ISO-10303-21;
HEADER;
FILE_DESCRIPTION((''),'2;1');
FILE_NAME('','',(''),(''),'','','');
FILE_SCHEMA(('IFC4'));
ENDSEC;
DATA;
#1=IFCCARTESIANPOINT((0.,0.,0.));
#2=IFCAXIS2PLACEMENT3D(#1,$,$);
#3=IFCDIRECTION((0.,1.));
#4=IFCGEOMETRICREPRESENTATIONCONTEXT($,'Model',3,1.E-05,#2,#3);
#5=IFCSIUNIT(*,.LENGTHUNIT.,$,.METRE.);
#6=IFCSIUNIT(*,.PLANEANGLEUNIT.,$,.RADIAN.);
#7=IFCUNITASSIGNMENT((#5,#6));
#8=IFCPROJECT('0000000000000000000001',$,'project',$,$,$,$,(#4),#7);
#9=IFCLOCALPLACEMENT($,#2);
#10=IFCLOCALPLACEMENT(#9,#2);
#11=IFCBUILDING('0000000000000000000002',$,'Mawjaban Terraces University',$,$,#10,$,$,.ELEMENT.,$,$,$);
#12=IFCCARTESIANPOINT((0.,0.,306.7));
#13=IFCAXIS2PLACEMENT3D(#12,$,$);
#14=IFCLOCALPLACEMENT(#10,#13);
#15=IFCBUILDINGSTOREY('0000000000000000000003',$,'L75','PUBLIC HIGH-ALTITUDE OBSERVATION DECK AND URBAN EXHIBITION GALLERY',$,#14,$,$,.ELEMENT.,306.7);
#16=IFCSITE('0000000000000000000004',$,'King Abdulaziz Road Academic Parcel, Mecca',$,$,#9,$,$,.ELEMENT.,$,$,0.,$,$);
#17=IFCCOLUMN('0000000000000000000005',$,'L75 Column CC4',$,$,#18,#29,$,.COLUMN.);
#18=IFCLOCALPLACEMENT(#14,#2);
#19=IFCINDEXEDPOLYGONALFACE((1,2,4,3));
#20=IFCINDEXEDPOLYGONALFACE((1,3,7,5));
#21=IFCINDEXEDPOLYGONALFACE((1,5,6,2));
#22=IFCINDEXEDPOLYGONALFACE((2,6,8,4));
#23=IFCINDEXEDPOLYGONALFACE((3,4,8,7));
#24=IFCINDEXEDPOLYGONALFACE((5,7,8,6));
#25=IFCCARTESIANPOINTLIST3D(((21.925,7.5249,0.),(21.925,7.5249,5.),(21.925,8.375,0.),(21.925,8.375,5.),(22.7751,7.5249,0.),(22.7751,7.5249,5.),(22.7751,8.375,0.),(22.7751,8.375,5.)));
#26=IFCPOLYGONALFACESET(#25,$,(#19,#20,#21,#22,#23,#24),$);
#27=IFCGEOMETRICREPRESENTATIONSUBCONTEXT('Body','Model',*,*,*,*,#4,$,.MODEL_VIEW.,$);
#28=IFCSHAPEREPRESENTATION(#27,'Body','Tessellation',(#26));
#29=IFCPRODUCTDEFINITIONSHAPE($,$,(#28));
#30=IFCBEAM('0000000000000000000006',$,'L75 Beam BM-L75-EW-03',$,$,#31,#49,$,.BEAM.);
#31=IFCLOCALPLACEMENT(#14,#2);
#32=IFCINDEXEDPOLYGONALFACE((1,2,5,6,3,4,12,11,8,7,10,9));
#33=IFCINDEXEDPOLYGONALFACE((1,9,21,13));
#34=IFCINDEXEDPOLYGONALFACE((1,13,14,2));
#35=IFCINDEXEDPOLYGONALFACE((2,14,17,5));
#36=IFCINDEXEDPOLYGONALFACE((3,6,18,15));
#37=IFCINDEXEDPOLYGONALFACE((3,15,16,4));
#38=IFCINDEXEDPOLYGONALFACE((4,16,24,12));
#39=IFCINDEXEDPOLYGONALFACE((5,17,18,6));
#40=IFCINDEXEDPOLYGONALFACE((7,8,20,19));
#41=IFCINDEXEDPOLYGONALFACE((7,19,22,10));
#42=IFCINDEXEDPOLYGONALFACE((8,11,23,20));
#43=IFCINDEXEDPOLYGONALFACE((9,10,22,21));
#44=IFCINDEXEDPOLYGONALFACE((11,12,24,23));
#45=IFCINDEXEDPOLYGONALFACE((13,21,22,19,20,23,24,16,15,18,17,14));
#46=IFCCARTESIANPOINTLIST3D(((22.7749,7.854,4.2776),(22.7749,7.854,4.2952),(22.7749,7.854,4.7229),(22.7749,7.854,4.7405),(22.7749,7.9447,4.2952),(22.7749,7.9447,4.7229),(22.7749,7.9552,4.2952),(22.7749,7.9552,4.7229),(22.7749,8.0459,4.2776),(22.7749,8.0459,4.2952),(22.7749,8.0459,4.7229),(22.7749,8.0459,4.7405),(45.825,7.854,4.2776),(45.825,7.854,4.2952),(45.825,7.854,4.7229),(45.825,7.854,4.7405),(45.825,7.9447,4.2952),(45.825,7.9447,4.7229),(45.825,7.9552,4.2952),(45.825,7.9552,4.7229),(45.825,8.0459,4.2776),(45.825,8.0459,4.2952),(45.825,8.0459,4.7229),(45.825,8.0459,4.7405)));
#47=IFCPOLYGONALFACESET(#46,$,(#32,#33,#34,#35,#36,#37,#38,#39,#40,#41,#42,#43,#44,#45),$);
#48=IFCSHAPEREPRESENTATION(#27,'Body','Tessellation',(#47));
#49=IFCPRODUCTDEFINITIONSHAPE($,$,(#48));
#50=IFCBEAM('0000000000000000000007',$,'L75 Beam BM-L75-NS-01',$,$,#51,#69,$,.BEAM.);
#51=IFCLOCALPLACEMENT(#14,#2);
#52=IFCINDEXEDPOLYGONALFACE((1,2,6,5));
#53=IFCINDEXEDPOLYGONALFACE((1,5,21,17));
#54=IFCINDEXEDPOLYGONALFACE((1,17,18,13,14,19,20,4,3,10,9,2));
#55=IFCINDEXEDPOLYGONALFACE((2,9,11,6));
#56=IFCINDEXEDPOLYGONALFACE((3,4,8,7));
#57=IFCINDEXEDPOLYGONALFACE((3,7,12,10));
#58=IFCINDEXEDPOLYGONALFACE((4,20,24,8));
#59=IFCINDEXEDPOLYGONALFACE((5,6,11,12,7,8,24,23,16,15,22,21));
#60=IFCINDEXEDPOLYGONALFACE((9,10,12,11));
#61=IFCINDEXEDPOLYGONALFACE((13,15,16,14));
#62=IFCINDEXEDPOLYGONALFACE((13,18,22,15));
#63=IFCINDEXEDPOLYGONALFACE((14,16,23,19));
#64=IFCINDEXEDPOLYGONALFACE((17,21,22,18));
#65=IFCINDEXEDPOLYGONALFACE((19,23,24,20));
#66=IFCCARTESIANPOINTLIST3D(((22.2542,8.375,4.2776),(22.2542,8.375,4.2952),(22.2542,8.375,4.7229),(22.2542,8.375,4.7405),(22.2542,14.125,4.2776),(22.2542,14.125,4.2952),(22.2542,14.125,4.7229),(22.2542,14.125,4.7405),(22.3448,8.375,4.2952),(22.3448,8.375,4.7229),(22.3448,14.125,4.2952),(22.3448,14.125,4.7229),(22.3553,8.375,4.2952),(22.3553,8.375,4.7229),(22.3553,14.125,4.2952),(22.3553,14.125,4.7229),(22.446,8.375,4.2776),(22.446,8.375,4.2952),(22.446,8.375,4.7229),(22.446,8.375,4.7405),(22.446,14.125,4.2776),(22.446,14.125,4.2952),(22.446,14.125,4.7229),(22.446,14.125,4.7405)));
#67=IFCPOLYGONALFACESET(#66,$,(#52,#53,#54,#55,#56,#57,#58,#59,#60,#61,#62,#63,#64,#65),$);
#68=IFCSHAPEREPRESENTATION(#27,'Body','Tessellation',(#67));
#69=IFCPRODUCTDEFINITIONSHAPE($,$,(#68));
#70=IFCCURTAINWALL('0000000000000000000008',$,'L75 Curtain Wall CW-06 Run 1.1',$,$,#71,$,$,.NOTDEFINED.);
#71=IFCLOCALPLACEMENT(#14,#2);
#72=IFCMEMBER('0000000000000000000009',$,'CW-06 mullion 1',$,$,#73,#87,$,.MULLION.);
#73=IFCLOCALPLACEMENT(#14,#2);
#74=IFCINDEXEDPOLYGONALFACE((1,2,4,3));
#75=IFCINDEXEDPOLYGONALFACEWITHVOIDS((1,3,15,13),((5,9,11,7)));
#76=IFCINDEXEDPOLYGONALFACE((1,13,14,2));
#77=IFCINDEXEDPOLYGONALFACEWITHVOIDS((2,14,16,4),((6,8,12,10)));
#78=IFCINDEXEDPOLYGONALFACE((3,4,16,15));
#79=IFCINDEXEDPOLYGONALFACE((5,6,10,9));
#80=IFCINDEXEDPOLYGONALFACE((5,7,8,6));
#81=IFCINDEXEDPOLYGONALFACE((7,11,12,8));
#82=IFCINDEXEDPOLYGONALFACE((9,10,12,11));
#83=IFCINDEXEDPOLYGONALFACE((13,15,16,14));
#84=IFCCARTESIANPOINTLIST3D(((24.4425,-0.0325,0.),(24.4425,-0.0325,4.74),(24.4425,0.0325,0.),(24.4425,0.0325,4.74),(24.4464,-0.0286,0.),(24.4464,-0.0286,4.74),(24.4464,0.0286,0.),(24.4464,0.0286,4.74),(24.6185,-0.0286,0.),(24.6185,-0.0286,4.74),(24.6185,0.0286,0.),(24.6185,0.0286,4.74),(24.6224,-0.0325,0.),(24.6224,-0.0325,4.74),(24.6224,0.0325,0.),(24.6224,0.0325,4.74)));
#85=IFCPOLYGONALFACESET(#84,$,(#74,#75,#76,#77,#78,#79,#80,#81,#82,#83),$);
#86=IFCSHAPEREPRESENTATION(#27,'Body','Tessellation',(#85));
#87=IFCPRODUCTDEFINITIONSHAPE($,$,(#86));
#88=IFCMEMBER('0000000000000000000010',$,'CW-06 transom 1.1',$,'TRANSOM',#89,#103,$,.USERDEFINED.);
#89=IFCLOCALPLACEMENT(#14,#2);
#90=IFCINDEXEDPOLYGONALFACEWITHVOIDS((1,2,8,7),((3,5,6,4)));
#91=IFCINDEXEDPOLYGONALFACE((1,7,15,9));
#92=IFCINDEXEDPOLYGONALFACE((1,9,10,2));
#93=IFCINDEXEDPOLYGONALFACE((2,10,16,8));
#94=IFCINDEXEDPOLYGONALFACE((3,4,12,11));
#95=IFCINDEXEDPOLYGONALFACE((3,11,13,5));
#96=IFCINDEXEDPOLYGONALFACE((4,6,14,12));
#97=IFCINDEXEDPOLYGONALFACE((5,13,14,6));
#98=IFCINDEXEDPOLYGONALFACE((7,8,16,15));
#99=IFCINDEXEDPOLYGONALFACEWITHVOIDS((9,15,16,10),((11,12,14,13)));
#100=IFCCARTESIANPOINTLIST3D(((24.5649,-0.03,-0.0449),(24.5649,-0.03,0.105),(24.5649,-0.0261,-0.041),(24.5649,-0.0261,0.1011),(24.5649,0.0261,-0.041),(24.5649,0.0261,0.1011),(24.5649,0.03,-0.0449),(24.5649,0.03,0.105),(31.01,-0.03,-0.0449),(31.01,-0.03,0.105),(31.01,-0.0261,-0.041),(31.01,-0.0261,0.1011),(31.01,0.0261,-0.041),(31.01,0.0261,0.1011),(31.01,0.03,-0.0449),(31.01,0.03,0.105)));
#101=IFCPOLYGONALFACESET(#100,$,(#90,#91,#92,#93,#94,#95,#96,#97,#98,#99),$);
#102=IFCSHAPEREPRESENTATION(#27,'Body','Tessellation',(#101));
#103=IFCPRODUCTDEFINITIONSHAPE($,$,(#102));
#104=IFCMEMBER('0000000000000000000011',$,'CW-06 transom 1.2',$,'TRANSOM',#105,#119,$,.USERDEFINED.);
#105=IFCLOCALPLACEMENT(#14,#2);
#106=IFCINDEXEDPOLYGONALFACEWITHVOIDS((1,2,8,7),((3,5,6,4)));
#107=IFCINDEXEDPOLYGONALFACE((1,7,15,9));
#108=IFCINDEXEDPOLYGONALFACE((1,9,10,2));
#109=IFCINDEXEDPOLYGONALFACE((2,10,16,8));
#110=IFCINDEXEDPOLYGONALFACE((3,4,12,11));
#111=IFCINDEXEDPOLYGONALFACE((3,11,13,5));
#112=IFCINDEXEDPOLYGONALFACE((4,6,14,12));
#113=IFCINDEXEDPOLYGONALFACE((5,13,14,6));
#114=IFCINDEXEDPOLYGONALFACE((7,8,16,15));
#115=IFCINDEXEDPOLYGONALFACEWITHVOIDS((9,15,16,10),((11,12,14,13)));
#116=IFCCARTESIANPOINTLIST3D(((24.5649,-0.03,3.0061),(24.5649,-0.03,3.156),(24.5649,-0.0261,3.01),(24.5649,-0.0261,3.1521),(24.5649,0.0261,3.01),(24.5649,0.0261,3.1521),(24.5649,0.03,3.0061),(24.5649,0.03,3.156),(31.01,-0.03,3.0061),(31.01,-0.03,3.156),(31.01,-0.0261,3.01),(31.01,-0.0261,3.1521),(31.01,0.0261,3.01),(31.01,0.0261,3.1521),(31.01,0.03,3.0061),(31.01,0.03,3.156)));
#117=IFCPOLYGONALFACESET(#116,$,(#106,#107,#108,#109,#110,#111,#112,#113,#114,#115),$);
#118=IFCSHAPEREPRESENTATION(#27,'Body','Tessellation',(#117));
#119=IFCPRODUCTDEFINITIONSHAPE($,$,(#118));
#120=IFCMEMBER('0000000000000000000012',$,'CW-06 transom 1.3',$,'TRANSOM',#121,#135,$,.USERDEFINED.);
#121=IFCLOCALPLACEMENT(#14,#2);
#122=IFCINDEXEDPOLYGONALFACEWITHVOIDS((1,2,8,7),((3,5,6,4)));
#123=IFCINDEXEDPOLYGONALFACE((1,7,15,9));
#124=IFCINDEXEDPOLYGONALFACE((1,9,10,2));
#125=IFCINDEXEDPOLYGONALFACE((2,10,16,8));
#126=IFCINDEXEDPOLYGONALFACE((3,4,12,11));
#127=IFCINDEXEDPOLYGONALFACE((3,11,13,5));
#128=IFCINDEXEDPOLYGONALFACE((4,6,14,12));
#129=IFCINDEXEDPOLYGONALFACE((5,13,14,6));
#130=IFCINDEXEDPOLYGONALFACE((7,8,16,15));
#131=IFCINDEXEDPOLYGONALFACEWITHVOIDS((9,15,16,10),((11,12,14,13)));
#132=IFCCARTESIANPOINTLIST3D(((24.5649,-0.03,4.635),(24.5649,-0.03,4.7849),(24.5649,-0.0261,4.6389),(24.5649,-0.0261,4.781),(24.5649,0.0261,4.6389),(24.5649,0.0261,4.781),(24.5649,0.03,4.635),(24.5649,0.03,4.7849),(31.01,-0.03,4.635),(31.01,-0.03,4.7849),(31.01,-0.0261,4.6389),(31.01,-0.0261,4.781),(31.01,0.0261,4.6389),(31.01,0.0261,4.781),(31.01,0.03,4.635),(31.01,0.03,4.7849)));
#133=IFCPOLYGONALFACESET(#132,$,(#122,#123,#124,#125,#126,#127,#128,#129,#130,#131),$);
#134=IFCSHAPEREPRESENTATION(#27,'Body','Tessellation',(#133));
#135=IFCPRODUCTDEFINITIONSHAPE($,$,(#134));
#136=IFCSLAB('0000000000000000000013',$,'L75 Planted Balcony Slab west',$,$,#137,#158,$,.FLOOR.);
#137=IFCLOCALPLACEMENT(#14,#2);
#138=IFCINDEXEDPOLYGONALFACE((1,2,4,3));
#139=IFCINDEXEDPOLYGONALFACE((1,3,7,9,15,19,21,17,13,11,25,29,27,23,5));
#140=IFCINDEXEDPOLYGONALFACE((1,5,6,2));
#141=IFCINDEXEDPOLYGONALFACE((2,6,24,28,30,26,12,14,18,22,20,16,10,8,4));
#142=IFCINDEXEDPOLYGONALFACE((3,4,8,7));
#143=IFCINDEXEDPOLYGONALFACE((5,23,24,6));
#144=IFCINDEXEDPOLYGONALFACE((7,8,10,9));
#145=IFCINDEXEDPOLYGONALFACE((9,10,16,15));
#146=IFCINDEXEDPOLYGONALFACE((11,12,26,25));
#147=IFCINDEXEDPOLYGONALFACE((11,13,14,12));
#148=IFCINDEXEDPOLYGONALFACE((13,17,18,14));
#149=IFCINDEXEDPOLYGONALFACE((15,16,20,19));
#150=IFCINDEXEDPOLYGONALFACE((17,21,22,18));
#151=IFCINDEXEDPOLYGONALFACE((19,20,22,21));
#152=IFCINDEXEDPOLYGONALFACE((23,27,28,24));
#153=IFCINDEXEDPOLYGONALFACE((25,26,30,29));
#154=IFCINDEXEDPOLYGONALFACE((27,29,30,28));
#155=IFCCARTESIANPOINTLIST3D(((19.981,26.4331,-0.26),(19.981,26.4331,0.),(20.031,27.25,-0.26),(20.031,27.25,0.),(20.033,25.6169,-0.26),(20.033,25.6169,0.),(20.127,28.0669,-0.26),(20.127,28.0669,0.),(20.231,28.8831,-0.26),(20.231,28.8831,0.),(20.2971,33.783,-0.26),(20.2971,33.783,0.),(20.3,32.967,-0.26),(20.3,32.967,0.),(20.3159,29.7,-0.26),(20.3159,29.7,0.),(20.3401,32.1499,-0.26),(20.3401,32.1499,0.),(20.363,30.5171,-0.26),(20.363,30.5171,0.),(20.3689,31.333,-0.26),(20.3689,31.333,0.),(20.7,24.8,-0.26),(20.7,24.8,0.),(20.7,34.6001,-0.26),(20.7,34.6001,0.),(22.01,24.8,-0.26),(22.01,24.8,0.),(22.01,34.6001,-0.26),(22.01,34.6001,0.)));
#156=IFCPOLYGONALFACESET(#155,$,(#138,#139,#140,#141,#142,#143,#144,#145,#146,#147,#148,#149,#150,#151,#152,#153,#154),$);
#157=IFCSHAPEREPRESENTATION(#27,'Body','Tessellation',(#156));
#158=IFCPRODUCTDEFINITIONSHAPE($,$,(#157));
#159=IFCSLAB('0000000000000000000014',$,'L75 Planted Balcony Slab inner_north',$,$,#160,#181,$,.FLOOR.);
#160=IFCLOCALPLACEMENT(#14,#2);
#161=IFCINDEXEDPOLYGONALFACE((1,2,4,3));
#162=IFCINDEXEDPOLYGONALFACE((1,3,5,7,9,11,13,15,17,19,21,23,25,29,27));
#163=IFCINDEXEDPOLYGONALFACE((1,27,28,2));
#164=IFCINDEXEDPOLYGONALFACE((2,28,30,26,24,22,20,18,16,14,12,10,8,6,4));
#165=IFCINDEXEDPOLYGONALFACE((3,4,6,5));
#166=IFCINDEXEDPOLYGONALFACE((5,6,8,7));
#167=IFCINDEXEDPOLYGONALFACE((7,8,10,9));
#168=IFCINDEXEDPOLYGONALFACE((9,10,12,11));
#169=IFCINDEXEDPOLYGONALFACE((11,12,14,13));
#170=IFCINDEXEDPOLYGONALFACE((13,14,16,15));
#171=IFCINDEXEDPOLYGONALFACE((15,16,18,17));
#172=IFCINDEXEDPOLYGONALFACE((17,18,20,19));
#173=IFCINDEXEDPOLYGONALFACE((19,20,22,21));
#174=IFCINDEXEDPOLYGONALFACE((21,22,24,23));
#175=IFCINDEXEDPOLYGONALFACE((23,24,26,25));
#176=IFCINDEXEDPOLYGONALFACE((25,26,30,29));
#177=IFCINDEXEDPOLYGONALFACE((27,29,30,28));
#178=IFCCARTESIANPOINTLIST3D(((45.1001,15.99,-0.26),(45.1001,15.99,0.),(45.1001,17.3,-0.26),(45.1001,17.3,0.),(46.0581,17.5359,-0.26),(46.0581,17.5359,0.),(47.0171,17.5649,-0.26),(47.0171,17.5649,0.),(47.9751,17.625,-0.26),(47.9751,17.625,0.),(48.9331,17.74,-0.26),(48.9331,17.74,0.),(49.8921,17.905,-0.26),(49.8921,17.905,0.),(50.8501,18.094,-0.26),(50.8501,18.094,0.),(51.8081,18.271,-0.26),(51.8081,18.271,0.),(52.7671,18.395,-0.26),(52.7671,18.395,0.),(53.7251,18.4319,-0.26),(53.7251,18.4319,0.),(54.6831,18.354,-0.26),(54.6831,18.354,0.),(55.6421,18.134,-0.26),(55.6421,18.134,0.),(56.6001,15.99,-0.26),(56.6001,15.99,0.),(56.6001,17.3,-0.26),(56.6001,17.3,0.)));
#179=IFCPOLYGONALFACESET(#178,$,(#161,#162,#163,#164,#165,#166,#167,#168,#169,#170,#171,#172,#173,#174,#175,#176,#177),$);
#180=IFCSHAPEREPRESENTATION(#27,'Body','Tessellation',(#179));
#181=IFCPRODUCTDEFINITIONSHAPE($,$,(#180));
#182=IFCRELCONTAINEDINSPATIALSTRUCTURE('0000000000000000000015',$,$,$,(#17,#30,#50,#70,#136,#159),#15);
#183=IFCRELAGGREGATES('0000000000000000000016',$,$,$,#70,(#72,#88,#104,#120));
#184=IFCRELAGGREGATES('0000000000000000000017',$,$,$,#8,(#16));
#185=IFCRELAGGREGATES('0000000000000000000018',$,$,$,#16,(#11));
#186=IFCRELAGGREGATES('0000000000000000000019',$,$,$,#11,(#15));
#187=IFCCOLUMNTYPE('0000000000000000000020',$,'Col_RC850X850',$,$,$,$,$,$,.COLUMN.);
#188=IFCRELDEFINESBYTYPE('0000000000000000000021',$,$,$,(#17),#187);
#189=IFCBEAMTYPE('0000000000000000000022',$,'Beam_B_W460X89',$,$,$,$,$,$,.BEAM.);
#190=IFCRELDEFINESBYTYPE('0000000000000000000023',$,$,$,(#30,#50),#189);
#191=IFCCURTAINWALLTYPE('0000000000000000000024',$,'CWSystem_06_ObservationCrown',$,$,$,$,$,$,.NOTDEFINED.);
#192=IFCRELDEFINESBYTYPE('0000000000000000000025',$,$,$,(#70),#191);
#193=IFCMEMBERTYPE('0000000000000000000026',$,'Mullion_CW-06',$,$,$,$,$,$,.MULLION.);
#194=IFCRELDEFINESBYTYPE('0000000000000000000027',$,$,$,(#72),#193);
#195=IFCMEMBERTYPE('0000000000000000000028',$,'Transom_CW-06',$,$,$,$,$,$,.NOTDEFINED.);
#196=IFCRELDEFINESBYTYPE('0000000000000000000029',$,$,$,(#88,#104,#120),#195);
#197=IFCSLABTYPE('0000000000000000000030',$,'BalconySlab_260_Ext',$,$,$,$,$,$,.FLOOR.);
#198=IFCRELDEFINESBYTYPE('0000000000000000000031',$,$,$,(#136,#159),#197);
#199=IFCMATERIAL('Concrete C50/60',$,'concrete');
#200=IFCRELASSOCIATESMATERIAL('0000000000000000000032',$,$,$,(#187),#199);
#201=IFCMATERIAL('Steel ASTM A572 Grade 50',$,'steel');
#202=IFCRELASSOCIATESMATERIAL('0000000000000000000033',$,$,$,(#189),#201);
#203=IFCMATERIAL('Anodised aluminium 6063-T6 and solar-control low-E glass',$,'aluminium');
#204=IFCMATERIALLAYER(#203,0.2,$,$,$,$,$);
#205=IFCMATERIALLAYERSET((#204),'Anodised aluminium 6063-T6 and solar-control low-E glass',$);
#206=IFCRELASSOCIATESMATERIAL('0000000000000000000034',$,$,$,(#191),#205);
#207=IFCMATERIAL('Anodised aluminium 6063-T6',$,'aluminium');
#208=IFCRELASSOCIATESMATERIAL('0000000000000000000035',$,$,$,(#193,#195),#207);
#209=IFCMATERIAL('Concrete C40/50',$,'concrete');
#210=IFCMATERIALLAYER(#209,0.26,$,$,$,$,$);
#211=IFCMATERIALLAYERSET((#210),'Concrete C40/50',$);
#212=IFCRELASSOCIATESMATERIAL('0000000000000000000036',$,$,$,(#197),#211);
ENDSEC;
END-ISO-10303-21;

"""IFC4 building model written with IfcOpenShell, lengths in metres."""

from ifc_helpers import new_model, si_unit, direction, frame, origin, origin_2d, place, context, subcontext, project, spatial, polyline, rectangle, hollow_rectangle, i_section, outline, extrude, material, layer, layer_set, material_profile, profile_set, type_object, element, aggregate, save


model = new_model("IFC4")

# Units and contexts
model_context = context("Model", 3, precision=1e-05, world=origin(), true_north=direction((0.0, 1.0)))
body_context = subcontext(model_context, "Body", "Model", "MODEL_VIEW")
ifc_project = project(units=[si_unit("LENGTHUNIT", "METRE"), si_unit("PLANEANGLEUNIT", "RADIAN")], contexts=[model_context])

# Site, building, storey
site_placement = place(None, origin())
site = spatial("IfcSite", under=ifc_project, at=site_placement, Name="King Abdulaziz Road Academic Parcel, Mecca", CompositionType="ELEMENT", RefElevation=0.0)
building_placement = place(site_placement, origin())
building = spatial("IfcBuilding", under=site, at=building_placement, Name="Mawjaban Terraces University", CompositionType="ELEMENT")
storey_placement = place(building_placement, frame((0.0, 0.0, 306.7)))
storey = spatial("IfcBuildingStorey", under=building, at=storey_placement, Name="L75", Description="PUBLIC HIGH-ALTITUDE OBSERVATION DECK AND URBAN EXHIBITION GALLERY", CompositionType="ELEMENT", Elevation=306.7)

# Column
ifc_material_1 = material(Name="Concrete C50/60", Category="concrete")
ifc_material_profile_1 = material_profile(ifc_material_1, rectangle(XDim=0.8501, YDim=0.8501, at=origin_2d()), Name="RC850X850")
ifc_profile_set_1 = profile_set([ifc_material_profile_1], Name="Concrete C50/60")
column_type = type_object("IfcColumnType", Name="Col_RC850X850", PredefinedType="COLUMN", material=ifc_profile_set_1)
column_placement = place(storey_placement, frame((22.3501, 7.95, 0.0), z_axis=(0.0, 0.0, 1.0), x_axis=(1.0, 0.0, 0.0)))
element("IfcColumn", 1, at=column_placement, inside=storey, type_object=column_type, Name="L75 Column CC4", PredefinedType="COLUMN", context=body_context, shape_type="SweptSolid", body=[
    extrude(rectangle(XDim=0.8501, YDim=0.8501, at=origin_2d()), origin(), (0.0, 0.0, 1.0), 5.0),
])

# Beams
ifc_material_2 = material(Name="Steel ASTM A572 Grade 50", Category="steel")
ifc_material_profile_2 = material_profile(ifc_material_2, i_section(OverallWidth=0.1919, OverallDepth=0.4629, WebThickness=0.0105, FlangeThickness=0.0176, at=origin_2d()), Name="W460X89")
ifc_profile_set_2 = profile_set([ifc_material_profile_2], Name="Steel ASTM A572 Grade 50")
beam_type = type_object("IfcBeamType", Name="Beam_B_W460X89", PredefinedType="BEAM", material=ifc_profile_set_2)
beam_1_placement = place(storey_placement, frame((22.7749, 7.95, 4.509), z_axis=(1.0, 0.0, 0.0), x_axis=(0.0, 1.0, 0.0)))
element("IfcBeam", 2, at=beam_1_placement, inside=storey, type_object=beam_type, Name="L75 Beam BM-L75-EW-03", PredefinedType="BEAM", context=body_context, shape_type="SweptSolid", body=[
    extrude(i_section(OverallWidth=0.1919, OverallDepth=0.4629, WebThickness=0.0105, FlangeThickness=0.0176, at=origin_2d()), origin(), (0.0, 0.0, 1.0), 23.05),
])
beam_2_placement = place(storey_placement, frame((22.3501, 8.375, 4.509), z_axis=(0.0, 1.0, 0.0), x_axis=(-1.0, 0.0, 0.0)))
element("IfcBeam", 3, at=beam_2_placement, inside=storey, type_object=beam_type, Name="L75 Beam BM-L75-NS-01", PredefinedType="BEAM", context=body_context, shape_type="SweptSolid", body=[
    extrude(i_section(OverallWidth=0.1919, OverallDepth=0.4629, WebThickness=0.0105, FlangeThickness=0.0176, at=origin_2d()), origin(), (0.0, 0.0, 1.0), 5.75),
])

# Curtain wall, members
ifc_material_3 = material(Name="Anodised aluminium 6063-T6 and solar-control low-E glass", Category="aluminium")
ifc_layer_1 = layer(ifc_material_3, 0.2)
ifc_layer_set_1 = layer_set([ifc_layer_1], Name="Anodised aluminium 6063-T6 and solar-control low-E glass")
curtain_wall_type = type_object("IfcCurtainWallType", Name="CWSystem_06_ObservationCrown", PredefinedType="NOTDEFINED", material=ifc_layer_set_1)
curtain_wall_placement = place(storey_placement, origin())
curtain_wall = element("IfcCurtainWall", 4, at=curtain_wall_placement, inside=storey, type_object=curtain_wall_type, Name="L75 Curtain Wall CW-06 Run 1.1", PredefinedType="NOTDEFINED")
ifc_material_4 = material(Name="Anodised aluminium 6063-T6", Category="aluminium")
ifc_material_profile_3 = material_profile(ifc_material_4, hollow_rectangle(XDim=0.0649, YDim=0.1799, WallThickness=0.0039, at=origin_2d()), Name="ALU180X65X4")
ifc_profile_set_3 = profile_set([ifc_material_profile_3], Name="Anodised aluminium 6063-T6")
member_type_1 = type_object("IfcMemberType", Name="Mullion_CW-06", PredefinedType="MULLION", material=ifc_profile_set_3)
member_1_placement = place(storey_placement, frame((24.5325, 0.0, 0.0), z_axis=(0.0, 0.0, 1.0), x_axis=(0.0, 1.0, 0.0)))
member_1 = element("IfcMember", 5, at=member_1_placement, type_object=member_type_1, Name="CW-06 mullion 1", PredefinedType="MULLION", context=body_context, shape_type="SweptSolid", body=[
    extrude(hollow_rectangle(XDim=0.0649, YDim=0.1799, WallThickness=0.0039, at=origin_2d()), origin(), (0.0, 0.0, 1.0), 4.74),
])
ifc_material_profile_4 = material_profile(ifc_material_4, hollow_rectangle(XDim=0.0601, YDim=0.1499, WallThickness=0.0039, at=origin_2d()), Name="ALU150X60X4")
ifc_profile_set_4 = profile_set([ifc_material_profile_4], Name="Anodised aluminium 6063-T6")
member_type_2 = type_object("IfcMemberType", Name="Transom_CW-06", PredefinedType="NOTDEFINED", material=ifc_profile_set_4)
member_2_placement = place(storey_placement, frame((24.5649, 0.0, 0.03), z_axis=(1.0, 0.0, 0.0), x_axis=(0.0, 1.0, 0.0)))
member_2 = element("IfcMember", 6, at=member_2_placement, type_object=member_type_2, Name="CW-06 transom 1.1", ObjectType="TRANSOM", PredefinedType="USERDEFINED", context=body_context, shape_type="SweptSolid", body=[
    extrude(hollow_rectangle(XDim=0.0601, YDim=0.1499, WallThickness=0.0039, at=origin_2d()), origin(), (0.0, 0.0, 1.0), 6.4451),
])
member_3_placement = place(storey_placement, frame((24.5649, 0.0, 3.0811), z_axis=(1.0, 0.0, 0.0), x_axis=(0.0, 1.0, 0.0)))
member_3 = element("IfcMember", 7, at=member_3_placement, type_object=member_type_2, Name="CW-06 transom 1.2", ObjectType="TRANSOM", PredefinedType="USERDEFINED", context=body_context, shape_type="SweptSolid", body=[
    extrude(hollow_rectangle(XDim=0.0601, YDim=0.1499, WallThickness=0.0039, at=origin_2d()), origin(), (0.0, 0.0, 1.0), 6.4451),
])
member_4_placement = place(storey_placement, frame((24.5649, 0.0, 4.71), z_axis=(1.0, 0.0, 0.0), x_axis=(0.0, 1.0, 0.0)))
member_4 = element("IfcMember", 8, at=member_4_placement, type_object=member_type_2, Name="CW-06 transom 1.3", ObjectType="TRANSOM", PredefinedType="USERDEFINED", context=body_context, shape_type="SweptSolid", body=[
    extrude(hollow_rectangle(XDim=0.0601, YDim=0.1499, WallThickness=0.0039, at=origin_2d()), origin(), (0.0, 0.0, 1.0), 6.4451),
])
aggregate(curtain_wall, [member_1, member_2, member_3, member_4])

# Slabs
ifc_material_5 = material(Name="Concrete C40/50", Category="concrete")
ifc_layer_2 = layer(ifc_material_5, 0.26)
ifc_layer_set_2 = layer_set([ifc_layer_2], Name="Concrete C40/50")
slab_type_1 = type_object("IfcSlabType", Name="BalconySlab_260_Ext", PredefinedType="FLOOR", material=ifc_layer_set_2)
slab_1_placement = place(storey_placement, frame((0.0, 0.0, -0.26)))
element("IfcSlab", 9, at=slab_1_placement, inside=storey, type_object=slab_type_1, Name="L75 Planted Balcony Slab west", PredefinedType="FLOOR", context=body_context, shape_type="SweptSolid", body=[
    extrude(outline(polyline([(22.01, 24.8), (22.01, 34.6001), (20.7, 34.6001), (20.2971, 33.783), (20.3, 32.967), (20.3401, 32.1499), (20.3689, 31.333), (20.363, 30.5171), (20.3159, 29.7), (20.231, 28.8831), (20.127, 28.0669), (20.031, 27.25), (19.981, 26.4331), (20.033, 25.6169), (20.7, 24.8), (22.01, 24.8)])), origin(), (0.0, 0.0, 1.0), 0.26),
])
slab_2_placement = place(storey_placement, frame((0.0, 0.0, -0.26)))
element("IfcSlab", 10, at=slab_2_placement, inside=storey, type_object=slab_type_1, Name="L75 Planted Balcony Slab inner_north", PredefinedType="FLOOR", context=body_context, shape_type="SweptSolid", body=[
    extrude(outline(polyline([(45.1001, 15.99), (56.6001, 15.99), (56.6001, 17.3), (55.6421, 18.134), (54.6831, 18.354), (53.7251, 18.4319), (52.7671, 18.395), (51.8081, 18.271), (50.8501, 18.094), (49.8921, 17.905), (48.9331, 17.74), (47.9751, 17.625), (47.0171, 17.5649), (46.0581, 17.5359), (45.1001, 17.3), (45.1001, 15.99)])), origin(), (0.0, 0.0, 1.0), 0.26),
])

save(model, "model.ifc")
